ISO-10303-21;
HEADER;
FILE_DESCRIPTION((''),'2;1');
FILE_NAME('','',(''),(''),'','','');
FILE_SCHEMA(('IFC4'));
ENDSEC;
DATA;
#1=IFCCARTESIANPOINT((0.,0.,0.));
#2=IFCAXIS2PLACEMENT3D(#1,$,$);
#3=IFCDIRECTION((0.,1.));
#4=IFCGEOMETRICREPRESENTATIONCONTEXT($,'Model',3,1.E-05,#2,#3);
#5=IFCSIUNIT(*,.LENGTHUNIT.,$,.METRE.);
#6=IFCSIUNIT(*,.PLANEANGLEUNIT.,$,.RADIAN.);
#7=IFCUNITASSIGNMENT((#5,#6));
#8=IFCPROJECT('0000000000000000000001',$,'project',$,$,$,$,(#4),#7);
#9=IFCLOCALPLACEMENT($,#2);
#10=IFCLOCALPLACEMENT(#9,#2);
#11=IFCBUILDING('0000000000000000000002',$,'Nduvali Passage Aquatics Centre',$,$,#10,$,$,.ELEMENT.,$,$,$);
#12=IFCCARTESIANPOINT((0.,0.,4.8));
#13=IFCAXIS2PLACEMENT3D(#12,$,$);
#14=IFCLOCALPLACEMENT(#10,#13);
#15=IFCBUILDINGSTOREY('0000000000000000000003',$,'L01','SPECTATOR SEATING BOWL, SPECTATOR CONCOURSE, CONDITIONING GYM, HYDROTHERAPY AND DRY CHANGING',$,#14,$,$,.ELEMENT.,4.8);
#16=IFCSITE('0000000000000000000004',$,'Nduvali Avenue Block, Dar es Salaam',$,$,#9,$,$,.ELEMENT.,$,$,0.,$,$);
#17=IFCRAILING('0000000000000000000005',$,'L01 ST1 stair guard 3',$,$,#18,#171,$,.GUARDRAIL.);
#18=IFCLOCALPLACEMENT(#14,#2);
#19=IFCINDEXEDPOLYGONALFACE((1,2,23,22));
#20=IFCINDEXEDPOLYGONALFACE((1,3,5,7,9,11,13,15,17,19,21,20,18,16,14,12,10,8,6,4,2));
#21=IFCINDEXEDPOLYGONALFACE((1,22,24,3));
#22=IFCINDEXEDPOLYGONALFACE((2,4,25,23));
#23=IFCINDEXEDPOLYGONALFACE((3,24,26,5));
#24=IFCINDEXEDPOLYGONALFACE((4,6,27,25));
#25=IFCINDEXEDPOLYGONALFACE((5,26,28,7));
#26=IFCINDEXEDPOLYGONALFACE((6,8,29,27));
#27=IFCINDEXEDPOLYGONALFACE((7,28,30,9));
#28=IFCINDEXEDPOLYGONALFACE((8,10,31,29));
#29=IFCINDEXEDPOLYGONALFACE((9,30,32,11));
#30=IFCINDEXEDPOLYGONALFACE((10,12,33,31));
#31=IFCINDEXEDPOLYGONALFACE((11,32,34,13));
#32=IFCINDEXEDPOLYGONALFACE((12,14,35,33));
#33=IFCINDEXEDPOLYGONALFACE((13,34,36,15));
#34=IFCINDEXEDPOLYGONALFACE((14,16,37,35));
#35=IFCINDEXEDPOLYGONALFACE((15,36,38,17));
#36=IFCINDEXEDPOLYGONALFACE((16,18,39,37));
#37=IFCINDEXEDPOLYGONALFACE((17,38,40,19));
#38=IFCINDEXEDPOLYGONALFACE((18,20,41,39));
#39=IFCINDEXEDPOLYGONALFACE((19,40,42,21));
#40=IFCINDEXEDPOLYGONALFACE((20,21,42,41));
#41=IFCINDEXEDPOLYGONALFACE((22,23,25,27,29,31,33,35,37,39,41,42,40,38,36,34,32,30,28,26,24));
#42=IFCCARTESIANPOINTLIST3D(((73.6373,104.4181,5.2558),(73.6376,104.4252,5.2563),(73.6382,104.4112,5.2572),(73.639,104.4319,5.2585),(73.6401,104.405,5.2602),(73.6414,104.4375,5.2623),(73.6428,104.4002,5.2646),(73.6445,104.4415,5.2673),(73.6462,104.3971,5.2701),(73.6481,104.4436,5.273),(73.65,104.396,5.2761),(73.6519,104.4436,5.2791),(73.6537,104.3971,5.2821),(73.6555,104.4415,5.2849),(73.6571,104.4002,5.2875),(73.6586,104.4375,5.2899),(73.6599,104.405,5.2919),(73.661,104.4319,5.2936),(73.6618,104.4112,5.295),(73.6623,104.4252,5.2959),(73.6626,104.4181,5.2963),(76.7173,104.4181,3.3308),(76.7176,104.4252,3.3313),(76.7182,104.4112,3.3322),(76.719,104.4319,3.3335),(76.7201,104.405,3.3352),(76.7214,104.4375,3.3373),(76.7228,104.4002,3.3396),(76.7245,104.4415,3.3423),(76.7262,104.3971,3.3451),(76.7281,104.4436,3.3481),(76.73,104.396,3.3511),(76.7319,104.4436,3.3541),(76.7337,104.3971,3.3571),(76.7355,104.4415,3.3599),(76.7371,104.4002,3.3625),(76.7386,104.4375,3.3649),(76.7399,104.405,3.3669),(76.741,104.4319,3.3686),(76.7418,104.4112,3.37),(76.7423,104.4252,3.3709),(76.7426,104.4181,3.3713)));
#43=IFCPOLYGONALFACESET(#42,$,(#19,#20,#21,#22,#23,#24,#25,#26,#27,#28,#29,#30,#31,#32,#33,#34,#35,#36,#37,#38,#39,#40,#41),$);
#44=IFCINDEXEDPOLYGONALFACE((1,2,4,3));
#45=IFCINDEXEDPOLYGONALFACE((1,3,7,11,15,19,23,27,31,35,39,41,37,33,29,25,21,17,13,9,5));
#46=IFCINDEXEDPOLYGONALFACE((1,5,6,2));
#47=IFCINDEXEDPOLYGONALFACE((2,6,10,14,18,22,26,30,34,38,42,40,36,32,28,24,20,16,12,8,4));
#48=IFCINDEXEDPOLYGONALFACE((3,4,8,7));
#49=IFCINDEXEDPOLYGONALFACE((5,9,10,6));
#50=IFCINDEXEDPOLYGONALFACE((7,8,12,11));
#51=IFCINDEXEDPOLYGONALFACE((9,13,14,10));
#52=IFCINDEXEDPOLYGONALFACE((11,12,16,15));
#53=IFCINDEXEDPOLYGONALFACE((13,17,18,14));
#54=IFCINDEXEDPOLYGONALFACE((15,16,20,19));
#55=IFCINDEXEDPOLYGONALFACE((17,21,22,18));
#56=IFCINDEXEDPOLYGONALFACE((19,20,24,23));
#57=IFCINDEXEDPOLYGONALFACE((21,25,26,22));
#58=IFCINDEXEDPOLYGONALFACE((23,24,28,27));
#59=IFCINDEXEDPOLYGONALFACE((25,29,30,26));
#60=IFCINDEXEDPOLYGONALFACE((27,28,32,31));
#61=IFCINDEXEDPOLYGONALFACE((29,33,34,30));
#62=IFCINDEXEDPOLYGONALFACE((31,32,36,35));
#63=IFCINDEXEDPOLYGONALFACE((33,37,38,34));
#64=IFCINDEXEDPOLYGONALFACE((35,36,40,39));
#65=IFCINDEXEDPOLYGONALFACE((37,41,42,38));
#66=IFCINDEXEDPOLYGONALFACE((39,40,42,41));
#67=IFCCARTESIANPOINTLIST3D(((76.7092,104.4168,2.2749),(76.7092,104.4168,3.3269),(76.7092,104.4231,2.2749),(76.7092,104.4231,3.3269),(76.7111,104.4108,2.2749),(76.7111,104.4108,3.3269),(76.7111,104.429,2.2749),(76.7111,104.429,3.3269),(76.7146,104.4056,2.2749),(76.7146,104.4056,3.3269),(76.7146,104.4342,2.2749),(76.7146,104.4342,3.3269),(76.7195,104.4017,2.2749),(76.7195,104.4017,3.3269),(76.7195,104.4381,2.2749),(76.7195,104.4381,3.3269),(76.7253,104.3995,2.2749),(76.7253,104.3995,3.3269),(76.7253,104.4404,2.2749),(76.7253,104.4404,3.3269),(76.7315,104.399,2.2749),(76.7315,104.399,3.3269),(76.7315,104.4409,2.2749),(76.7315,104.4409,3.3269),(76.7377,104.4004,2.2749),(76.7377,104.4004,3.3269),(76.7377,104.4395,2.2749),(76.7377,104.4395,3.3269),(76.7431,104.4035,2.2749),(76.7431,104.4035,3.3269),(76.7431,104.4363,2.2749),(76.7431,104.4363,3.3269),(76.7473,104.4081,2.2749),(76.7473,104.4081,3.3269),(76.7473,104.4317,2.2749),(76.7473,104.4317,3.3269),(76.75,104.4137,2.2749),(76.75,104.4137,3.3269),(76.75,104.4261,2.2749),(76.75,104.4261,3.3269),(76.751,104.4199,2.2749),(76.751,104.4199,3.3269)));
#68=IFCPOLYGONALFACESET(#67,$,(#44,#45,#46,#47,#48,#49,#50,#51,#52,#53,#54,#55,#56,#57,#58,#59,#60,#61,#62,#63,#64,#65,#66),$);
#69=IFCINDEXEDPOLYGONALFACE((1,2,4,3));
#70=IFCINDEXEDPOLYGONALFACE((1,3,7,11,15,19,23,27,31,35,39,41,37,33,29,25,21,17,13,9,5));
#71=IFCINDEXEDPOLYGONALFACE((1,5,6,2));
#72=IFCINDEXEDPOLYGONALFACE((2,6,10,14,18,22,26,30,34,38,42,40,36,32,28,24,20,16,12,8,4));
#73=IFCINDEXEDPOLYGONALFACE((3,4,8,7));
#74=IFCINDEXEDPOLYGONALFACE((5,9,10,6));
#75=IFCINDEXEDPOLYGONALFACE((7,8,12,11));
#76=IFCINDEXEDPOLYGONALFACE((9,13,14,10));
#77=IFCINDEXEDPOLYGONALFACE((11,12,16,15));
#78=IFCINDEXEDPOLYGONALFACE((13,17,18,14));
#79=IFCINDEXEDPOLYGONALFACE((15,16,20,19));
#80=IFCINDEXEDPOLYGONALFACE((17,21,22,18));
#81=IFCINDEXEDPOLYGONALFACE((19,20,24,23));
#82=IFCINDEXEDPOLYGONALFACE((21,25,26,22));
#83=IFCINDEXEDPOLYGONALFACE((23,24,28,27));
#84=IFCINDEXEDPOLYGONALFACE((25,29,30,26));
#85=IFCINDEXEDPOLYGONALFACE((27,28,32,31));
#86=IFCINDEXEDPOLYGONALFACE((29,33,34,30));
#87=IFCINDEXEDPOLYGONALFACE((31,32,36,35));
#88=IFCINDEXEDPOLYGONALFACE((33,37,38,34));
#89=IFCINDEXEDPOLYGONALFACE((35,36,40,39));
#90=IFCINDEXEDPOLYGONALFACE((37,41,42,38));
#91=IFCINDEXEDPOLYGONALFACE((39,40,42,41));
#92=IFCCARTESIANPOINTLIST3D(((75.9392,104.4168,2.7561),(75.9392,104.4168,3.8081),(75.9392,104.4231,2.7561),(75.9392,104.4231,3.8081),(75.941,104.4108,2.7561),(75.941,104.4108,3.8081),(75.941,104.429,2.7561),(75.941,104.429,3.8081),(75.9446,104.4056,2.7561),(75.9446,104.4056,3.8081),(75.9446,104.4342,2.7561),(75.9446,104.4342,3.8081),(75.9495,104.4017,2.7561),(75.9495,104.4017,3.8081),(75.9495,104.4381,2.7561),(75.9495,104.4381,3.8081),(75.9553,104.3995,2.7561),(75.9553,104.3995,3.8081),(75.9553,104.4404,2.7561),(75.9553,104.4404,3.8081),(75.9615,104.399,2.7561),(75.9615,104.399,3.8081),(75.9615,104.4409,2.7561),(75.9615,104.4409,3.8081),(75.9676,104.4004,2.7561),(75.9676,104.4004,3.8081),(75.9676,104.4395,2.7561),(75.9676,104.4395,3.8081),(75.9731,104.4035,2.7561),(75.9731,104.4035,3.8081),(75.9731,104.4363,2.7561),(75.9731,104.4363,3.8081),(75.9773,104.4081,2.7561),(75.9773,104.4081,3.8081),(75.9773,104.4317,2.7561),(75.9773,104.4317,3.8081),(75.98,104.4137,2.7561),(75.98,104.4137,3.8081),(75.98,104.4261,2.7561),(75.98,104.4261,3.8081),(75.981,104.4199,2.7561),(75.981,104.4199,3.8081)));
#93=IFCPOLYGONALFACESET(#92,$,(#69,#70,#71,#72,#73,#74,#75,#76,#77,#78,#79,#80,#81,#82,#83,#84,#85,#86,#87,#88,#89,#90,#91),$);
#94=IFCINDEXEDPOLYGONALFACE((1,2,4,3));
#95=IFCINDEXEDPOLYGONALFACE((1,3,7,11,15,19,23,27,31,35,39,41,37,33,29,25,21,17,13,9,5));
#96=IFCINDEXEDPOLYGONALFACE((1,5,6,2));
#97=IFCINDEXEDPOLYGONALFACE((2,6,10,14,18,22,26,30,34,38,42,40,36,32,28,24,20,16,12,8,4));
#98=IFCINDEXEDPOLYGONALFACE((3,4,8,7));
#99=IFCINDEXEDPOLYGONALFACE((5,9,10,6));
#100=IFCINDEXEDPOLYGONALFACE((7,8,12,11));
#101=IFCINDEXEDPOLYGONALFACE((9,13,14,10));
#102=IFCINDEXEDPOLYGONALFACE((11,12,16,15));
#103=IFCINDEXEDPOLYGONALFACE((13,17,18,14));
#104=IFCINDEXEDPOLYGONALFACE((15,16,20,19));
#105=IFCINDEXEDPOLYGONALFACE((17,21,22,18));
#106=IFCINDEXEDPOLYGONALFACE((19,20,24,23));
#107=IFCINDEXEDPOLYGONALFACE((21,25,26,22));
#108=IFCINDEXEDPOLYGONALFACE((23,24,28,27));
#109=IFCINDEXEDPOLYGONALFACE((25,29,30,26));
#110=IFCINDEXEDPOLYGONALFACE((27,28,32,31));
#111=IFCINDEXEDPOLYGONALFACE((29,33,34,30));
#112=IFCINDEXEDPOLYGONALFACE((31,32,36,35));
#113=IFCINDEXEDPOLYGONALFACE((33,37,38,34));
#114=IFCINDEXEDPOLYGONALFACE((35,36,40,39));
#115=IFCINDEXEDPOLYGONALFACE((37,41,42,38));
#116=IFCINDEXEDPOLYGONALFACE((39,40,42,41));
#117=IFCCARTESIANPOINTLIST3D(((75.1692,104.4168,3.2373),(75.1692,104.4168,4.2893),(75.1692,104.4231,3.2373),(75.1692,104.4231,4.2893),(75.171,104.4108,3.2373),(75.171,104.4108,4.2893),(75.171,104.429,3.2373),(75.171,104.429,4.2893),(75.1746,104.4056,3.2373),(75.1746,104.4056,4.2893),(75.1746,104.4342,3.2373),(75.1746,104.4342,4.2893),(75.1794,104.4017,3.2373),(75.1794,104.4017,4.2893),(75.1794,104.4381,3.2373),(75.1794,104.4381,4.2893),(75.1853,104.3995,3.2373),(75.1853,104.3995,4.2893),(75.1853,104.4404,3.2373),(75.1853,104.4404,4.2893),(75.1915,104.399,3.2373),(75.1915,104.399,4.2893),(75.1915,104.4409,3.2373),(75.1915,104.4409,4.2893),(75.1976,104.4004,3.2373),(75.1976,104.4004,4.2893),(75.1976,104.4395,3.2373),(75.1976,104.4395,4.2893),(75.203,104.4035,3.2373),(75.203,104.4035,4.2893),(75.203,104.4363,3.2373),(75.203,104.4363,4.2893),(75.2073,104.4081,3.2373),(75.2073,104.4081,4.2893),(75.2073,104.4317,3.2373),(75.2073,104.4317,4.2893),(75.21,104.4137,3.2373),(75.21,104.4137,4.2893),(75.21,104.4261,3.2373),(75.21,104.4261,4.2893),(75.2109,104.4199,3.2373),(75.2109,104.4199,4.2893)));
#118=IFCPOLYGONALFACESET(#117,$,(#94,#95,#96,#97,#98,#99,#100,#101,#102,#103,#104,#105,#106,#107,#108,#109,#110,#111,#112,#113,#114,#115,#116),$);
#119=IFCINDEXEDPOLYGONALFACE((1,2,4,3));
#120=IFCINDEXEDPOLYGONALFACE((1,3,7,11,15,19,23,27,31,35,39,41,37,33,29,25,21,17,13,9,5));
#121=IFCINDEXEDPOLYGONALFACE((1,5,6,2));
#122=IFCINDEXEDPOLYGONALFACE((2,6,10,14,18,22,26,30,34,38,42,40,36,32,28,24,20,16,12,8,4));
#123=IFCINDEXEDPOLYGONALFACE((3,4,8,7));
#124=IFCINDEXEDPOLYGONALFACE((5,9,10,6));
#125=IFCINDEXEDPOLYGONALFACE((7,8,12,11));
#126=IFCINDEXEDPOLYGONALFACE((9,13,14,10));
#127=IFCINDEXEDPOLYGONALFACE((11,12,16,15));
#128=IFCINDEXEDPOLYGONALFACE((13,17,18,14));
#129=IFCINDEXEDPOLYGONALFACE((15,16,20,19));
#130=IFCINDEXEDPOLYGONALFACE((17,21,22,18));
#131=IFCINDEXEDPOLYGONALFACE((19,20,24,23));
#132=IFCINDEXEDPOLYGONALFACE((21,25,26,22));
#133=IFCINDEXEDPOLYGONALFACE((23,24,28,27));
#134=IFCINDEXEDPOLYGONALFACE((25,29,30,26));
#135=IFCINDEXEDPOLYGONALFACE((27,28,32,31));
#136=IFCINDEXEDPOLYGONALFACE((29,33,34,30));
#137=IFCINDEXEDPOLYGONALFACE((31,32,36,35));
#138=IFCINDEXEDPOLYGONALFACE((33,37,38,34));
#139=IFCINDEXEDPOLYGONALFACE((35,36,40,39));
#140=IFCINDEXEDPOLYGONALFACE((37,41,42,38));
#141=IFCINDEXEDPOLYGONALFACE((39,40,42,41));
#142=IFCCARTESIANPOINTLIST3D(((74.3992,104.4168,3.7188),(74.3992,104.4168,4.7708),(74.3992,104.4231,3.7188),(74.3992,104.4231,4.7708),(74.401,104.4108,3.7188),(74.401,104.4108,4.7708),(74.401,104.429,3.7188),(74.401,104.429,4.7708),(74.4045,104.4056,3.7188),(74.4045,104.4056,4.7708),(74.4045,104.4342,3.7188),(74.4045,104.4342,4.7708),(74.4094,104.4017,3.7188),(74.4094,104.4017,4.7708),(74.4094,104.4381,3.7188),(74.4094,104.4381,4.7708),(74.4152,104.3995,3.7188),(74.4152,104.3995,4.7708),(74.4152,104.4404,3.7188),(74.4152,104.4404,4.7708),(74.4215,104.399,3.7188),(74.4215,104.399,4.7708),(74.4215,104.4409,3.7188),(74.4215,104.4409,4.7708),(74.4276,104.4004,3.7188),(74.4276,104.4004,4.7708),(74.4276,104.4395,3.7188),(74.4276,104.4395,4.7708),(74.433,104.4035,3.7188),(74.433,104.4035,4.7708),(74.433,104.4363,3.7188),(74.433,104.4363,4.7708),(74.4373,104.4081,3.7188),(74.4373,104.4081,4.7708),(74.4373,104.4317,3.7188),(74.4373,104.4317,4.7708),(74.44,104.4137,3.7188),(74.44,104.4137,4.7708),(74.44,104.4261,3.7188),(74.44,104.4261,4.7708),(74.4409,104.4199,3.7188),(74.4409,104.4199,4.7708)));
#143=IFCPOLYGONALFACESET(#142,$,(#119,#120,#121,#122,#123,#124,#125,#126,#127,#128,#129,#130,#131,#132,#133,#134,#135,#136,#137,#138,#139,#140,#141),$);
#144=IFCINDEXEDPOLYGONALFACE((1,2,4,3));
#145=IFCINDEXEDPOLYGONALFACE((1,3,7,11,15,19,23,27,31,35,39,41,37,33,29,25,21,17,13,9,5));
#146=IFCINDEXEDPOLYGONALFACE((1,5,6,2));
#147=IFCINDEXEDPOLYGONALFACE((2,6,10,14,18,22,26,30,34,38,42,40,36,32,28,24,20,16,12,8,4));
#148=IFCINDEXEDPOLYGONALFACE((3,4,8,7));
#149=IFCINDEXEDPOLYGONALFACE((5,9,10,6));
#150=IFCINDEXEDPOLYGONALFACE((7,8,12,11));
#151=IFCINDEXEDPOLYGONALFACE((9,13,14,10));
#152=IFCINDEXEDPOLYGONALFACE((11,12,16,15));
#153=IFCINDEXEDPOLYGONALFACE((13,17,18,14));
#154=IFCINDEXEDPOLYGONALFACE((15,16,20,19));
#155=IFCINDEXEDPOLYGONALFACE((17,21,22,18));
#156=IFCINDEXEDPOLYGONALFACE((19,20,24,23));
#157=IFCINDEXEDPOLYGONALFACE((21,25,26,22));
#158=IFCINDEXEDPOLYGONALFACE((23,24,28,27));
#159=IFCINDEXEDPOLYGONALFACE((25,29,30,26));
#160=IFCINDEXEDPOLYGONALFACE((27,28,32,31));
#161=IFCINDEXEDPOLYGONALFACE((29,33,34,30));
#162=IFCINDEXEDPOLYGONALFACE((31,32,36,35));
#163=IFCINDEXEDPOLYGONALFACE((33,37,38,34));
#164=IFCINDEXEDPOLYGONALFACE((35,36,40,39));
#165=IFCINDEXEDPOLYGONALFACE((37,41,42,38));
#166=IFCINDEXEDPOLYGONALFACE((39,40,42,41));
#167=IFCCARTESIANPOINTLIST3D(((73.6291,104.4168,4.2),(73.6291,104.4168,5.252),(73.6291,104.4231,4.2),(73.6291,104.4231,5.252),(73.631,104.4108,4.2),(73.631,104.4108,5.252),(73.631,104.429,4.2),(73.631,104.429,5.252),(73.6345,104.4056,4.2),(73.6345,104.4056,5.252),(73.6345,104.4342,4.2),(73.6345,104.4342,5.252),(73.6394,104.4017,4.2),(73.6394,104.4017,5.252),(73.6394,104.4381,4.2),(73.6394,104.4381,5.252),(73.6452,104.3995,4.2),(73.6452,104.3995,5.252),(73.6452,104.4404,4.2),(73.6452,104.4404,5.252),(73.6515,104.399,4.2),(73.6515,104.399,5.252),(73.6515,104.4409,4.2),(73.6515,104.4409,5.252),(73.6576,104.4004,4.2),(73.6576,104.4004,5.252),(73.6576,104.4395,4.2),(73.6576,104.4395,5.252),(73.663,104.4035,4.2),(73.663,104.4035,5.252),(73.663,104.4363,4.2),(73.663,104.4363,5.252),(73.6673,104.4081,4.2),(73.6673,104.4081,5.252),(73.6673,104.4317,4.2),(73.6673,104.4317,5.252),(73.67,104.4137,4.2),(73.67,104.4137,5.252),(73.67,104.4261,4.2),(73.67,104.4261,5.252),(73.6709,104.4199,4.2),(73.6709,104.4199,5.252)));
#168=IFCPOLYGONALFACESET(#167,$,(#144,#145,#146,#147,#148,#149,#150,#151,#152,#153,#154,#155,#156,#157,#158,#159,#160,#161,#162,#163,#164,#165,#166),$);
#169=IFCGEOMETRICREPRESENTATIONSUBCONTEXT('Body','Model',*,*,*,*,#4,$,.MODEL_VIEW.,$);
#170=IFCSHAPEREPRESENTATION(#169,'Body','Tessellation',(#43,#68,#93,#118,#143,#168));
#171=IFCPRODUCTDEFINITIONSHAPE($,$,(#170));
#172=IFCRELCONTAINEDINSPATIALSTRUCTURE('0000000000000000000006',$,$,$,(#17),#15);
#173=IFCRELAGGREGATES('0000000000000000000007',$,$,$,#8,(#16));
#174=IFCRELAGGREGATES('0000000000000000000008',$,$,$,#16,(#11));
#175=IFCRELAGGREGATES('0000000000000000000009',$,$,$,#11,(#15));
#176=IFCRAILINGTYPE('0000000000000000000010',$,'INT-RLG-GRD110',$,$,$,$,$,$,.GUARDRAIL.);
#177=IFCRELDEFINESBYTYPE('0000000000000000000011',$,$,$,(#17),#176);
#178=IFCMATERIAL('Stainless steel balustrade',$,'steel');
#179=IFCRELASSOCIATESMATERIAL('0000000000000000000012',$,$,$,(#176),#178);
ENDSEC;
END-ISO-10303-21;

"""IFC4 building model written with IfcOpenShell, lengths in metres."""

from ifc_helpers import new_model, si_unit, direction, frame, origin, origin_2d, place, context, subcontext, project, spatial, circle, extrude, material, type_object, element, save


model = new_model("IFC4")

# Units and contexts
model_context = context("Model", 3, precision=1e-05, world=origin(), true_north=direction((0.0, 1.0)))
body_context = subcontext(model_context, "Body", "Model", "MODEL_VIEW")
ifc_project = project(units=[si_unit("LENGTHUNIT", "METRE"), si_unit("PLANEANGLEUNIT", "RADIAN")], contexts=[model_context])

# Site, building, storey
site_placement = place(None, origin())
site = spatial("IfcSite", under=ifc_project, at=site_placement, Name="Nduvali Avenue Block, Dar es Salaam", CompositionType="ELEMENT", RefElevation=0.0)
building_placement = place(site_placement, origin())
building = spatial("IfcBuilding", under=site, at=building_placement, Name="Nduvali Passage Aquatics Centre", CompositionType="ELEMENT")
storey_placement = place(building_placement, frame((0.0, 0.0, 4.8)))
storey = spatial("IfcBuildingStorey", under=building, at=storey_placement, Name="L01", Description="SPECTATOR SEATING BOWL, SPECTATOR CONCOURSE, CONDITIONING GYM, HYDROTHERAPY AND DRY CHANGING", CompositionType="ELEMENT", Elevation=4.8)

# Railing
ifc_material_1 = material(Name="Stainless steel balustrade", Category="steel")
railing_type_1 = type_object("IfcRailingType", Name="INT-RLG-GRD110", PredefinedType="GUARDRAIL", material=ifc_material_1)
railing_1_placement = place(storey_placement, frame((76.73, 104.4199, 2.2749)))
element("IfcRailing", 1, at=railing_1_placement, inside=storey, type_object=railing_type_1, Name="L01 ST1 stair guard 3", PredefinedType="GUARDRAIL", context=body_context, shape_type="SweptSolid", body=[
    extrude(circle(Radius=0.0239, at=origin_2d()), frame((0.0, 0.0, 1.0762), z_axis=(-0.847998, 0.0, 0.529999), x_axis=(0.0, -1.0, 0.0)), (0.0, 0.0, 1.0), 3.6321),
    extrude(circle(Radius=0.021, at=origin_2d()), origin(), (0.0, 0.0, 1.0), 1.052),
    extrude(circle(Radius=0.021, at=origin_2d()), frame((-0.77, 0.0, 0.4812)), (0.0, 0.0, 1.0), 1.052),
    extrude(circle(Radius=0.021, at=origin_2d()), frame((-1.54, 0.0, 0.9624)), (0.0, 0.0, 1.0), 1.052),
    extrude(circle(Radius=0.021, at=origin_2d()), frame((-2.3101, 0.0, 1.4438)), (0.0, 0.0, 1.0), 1.052),
    extrude(circle(Radius=0.021, at=origin_2d()), frame((-3.0801, 0.0, 1.925)), (0.0, 0.0, 1.0), 1.052),
])

save(model, "model.ifc")
